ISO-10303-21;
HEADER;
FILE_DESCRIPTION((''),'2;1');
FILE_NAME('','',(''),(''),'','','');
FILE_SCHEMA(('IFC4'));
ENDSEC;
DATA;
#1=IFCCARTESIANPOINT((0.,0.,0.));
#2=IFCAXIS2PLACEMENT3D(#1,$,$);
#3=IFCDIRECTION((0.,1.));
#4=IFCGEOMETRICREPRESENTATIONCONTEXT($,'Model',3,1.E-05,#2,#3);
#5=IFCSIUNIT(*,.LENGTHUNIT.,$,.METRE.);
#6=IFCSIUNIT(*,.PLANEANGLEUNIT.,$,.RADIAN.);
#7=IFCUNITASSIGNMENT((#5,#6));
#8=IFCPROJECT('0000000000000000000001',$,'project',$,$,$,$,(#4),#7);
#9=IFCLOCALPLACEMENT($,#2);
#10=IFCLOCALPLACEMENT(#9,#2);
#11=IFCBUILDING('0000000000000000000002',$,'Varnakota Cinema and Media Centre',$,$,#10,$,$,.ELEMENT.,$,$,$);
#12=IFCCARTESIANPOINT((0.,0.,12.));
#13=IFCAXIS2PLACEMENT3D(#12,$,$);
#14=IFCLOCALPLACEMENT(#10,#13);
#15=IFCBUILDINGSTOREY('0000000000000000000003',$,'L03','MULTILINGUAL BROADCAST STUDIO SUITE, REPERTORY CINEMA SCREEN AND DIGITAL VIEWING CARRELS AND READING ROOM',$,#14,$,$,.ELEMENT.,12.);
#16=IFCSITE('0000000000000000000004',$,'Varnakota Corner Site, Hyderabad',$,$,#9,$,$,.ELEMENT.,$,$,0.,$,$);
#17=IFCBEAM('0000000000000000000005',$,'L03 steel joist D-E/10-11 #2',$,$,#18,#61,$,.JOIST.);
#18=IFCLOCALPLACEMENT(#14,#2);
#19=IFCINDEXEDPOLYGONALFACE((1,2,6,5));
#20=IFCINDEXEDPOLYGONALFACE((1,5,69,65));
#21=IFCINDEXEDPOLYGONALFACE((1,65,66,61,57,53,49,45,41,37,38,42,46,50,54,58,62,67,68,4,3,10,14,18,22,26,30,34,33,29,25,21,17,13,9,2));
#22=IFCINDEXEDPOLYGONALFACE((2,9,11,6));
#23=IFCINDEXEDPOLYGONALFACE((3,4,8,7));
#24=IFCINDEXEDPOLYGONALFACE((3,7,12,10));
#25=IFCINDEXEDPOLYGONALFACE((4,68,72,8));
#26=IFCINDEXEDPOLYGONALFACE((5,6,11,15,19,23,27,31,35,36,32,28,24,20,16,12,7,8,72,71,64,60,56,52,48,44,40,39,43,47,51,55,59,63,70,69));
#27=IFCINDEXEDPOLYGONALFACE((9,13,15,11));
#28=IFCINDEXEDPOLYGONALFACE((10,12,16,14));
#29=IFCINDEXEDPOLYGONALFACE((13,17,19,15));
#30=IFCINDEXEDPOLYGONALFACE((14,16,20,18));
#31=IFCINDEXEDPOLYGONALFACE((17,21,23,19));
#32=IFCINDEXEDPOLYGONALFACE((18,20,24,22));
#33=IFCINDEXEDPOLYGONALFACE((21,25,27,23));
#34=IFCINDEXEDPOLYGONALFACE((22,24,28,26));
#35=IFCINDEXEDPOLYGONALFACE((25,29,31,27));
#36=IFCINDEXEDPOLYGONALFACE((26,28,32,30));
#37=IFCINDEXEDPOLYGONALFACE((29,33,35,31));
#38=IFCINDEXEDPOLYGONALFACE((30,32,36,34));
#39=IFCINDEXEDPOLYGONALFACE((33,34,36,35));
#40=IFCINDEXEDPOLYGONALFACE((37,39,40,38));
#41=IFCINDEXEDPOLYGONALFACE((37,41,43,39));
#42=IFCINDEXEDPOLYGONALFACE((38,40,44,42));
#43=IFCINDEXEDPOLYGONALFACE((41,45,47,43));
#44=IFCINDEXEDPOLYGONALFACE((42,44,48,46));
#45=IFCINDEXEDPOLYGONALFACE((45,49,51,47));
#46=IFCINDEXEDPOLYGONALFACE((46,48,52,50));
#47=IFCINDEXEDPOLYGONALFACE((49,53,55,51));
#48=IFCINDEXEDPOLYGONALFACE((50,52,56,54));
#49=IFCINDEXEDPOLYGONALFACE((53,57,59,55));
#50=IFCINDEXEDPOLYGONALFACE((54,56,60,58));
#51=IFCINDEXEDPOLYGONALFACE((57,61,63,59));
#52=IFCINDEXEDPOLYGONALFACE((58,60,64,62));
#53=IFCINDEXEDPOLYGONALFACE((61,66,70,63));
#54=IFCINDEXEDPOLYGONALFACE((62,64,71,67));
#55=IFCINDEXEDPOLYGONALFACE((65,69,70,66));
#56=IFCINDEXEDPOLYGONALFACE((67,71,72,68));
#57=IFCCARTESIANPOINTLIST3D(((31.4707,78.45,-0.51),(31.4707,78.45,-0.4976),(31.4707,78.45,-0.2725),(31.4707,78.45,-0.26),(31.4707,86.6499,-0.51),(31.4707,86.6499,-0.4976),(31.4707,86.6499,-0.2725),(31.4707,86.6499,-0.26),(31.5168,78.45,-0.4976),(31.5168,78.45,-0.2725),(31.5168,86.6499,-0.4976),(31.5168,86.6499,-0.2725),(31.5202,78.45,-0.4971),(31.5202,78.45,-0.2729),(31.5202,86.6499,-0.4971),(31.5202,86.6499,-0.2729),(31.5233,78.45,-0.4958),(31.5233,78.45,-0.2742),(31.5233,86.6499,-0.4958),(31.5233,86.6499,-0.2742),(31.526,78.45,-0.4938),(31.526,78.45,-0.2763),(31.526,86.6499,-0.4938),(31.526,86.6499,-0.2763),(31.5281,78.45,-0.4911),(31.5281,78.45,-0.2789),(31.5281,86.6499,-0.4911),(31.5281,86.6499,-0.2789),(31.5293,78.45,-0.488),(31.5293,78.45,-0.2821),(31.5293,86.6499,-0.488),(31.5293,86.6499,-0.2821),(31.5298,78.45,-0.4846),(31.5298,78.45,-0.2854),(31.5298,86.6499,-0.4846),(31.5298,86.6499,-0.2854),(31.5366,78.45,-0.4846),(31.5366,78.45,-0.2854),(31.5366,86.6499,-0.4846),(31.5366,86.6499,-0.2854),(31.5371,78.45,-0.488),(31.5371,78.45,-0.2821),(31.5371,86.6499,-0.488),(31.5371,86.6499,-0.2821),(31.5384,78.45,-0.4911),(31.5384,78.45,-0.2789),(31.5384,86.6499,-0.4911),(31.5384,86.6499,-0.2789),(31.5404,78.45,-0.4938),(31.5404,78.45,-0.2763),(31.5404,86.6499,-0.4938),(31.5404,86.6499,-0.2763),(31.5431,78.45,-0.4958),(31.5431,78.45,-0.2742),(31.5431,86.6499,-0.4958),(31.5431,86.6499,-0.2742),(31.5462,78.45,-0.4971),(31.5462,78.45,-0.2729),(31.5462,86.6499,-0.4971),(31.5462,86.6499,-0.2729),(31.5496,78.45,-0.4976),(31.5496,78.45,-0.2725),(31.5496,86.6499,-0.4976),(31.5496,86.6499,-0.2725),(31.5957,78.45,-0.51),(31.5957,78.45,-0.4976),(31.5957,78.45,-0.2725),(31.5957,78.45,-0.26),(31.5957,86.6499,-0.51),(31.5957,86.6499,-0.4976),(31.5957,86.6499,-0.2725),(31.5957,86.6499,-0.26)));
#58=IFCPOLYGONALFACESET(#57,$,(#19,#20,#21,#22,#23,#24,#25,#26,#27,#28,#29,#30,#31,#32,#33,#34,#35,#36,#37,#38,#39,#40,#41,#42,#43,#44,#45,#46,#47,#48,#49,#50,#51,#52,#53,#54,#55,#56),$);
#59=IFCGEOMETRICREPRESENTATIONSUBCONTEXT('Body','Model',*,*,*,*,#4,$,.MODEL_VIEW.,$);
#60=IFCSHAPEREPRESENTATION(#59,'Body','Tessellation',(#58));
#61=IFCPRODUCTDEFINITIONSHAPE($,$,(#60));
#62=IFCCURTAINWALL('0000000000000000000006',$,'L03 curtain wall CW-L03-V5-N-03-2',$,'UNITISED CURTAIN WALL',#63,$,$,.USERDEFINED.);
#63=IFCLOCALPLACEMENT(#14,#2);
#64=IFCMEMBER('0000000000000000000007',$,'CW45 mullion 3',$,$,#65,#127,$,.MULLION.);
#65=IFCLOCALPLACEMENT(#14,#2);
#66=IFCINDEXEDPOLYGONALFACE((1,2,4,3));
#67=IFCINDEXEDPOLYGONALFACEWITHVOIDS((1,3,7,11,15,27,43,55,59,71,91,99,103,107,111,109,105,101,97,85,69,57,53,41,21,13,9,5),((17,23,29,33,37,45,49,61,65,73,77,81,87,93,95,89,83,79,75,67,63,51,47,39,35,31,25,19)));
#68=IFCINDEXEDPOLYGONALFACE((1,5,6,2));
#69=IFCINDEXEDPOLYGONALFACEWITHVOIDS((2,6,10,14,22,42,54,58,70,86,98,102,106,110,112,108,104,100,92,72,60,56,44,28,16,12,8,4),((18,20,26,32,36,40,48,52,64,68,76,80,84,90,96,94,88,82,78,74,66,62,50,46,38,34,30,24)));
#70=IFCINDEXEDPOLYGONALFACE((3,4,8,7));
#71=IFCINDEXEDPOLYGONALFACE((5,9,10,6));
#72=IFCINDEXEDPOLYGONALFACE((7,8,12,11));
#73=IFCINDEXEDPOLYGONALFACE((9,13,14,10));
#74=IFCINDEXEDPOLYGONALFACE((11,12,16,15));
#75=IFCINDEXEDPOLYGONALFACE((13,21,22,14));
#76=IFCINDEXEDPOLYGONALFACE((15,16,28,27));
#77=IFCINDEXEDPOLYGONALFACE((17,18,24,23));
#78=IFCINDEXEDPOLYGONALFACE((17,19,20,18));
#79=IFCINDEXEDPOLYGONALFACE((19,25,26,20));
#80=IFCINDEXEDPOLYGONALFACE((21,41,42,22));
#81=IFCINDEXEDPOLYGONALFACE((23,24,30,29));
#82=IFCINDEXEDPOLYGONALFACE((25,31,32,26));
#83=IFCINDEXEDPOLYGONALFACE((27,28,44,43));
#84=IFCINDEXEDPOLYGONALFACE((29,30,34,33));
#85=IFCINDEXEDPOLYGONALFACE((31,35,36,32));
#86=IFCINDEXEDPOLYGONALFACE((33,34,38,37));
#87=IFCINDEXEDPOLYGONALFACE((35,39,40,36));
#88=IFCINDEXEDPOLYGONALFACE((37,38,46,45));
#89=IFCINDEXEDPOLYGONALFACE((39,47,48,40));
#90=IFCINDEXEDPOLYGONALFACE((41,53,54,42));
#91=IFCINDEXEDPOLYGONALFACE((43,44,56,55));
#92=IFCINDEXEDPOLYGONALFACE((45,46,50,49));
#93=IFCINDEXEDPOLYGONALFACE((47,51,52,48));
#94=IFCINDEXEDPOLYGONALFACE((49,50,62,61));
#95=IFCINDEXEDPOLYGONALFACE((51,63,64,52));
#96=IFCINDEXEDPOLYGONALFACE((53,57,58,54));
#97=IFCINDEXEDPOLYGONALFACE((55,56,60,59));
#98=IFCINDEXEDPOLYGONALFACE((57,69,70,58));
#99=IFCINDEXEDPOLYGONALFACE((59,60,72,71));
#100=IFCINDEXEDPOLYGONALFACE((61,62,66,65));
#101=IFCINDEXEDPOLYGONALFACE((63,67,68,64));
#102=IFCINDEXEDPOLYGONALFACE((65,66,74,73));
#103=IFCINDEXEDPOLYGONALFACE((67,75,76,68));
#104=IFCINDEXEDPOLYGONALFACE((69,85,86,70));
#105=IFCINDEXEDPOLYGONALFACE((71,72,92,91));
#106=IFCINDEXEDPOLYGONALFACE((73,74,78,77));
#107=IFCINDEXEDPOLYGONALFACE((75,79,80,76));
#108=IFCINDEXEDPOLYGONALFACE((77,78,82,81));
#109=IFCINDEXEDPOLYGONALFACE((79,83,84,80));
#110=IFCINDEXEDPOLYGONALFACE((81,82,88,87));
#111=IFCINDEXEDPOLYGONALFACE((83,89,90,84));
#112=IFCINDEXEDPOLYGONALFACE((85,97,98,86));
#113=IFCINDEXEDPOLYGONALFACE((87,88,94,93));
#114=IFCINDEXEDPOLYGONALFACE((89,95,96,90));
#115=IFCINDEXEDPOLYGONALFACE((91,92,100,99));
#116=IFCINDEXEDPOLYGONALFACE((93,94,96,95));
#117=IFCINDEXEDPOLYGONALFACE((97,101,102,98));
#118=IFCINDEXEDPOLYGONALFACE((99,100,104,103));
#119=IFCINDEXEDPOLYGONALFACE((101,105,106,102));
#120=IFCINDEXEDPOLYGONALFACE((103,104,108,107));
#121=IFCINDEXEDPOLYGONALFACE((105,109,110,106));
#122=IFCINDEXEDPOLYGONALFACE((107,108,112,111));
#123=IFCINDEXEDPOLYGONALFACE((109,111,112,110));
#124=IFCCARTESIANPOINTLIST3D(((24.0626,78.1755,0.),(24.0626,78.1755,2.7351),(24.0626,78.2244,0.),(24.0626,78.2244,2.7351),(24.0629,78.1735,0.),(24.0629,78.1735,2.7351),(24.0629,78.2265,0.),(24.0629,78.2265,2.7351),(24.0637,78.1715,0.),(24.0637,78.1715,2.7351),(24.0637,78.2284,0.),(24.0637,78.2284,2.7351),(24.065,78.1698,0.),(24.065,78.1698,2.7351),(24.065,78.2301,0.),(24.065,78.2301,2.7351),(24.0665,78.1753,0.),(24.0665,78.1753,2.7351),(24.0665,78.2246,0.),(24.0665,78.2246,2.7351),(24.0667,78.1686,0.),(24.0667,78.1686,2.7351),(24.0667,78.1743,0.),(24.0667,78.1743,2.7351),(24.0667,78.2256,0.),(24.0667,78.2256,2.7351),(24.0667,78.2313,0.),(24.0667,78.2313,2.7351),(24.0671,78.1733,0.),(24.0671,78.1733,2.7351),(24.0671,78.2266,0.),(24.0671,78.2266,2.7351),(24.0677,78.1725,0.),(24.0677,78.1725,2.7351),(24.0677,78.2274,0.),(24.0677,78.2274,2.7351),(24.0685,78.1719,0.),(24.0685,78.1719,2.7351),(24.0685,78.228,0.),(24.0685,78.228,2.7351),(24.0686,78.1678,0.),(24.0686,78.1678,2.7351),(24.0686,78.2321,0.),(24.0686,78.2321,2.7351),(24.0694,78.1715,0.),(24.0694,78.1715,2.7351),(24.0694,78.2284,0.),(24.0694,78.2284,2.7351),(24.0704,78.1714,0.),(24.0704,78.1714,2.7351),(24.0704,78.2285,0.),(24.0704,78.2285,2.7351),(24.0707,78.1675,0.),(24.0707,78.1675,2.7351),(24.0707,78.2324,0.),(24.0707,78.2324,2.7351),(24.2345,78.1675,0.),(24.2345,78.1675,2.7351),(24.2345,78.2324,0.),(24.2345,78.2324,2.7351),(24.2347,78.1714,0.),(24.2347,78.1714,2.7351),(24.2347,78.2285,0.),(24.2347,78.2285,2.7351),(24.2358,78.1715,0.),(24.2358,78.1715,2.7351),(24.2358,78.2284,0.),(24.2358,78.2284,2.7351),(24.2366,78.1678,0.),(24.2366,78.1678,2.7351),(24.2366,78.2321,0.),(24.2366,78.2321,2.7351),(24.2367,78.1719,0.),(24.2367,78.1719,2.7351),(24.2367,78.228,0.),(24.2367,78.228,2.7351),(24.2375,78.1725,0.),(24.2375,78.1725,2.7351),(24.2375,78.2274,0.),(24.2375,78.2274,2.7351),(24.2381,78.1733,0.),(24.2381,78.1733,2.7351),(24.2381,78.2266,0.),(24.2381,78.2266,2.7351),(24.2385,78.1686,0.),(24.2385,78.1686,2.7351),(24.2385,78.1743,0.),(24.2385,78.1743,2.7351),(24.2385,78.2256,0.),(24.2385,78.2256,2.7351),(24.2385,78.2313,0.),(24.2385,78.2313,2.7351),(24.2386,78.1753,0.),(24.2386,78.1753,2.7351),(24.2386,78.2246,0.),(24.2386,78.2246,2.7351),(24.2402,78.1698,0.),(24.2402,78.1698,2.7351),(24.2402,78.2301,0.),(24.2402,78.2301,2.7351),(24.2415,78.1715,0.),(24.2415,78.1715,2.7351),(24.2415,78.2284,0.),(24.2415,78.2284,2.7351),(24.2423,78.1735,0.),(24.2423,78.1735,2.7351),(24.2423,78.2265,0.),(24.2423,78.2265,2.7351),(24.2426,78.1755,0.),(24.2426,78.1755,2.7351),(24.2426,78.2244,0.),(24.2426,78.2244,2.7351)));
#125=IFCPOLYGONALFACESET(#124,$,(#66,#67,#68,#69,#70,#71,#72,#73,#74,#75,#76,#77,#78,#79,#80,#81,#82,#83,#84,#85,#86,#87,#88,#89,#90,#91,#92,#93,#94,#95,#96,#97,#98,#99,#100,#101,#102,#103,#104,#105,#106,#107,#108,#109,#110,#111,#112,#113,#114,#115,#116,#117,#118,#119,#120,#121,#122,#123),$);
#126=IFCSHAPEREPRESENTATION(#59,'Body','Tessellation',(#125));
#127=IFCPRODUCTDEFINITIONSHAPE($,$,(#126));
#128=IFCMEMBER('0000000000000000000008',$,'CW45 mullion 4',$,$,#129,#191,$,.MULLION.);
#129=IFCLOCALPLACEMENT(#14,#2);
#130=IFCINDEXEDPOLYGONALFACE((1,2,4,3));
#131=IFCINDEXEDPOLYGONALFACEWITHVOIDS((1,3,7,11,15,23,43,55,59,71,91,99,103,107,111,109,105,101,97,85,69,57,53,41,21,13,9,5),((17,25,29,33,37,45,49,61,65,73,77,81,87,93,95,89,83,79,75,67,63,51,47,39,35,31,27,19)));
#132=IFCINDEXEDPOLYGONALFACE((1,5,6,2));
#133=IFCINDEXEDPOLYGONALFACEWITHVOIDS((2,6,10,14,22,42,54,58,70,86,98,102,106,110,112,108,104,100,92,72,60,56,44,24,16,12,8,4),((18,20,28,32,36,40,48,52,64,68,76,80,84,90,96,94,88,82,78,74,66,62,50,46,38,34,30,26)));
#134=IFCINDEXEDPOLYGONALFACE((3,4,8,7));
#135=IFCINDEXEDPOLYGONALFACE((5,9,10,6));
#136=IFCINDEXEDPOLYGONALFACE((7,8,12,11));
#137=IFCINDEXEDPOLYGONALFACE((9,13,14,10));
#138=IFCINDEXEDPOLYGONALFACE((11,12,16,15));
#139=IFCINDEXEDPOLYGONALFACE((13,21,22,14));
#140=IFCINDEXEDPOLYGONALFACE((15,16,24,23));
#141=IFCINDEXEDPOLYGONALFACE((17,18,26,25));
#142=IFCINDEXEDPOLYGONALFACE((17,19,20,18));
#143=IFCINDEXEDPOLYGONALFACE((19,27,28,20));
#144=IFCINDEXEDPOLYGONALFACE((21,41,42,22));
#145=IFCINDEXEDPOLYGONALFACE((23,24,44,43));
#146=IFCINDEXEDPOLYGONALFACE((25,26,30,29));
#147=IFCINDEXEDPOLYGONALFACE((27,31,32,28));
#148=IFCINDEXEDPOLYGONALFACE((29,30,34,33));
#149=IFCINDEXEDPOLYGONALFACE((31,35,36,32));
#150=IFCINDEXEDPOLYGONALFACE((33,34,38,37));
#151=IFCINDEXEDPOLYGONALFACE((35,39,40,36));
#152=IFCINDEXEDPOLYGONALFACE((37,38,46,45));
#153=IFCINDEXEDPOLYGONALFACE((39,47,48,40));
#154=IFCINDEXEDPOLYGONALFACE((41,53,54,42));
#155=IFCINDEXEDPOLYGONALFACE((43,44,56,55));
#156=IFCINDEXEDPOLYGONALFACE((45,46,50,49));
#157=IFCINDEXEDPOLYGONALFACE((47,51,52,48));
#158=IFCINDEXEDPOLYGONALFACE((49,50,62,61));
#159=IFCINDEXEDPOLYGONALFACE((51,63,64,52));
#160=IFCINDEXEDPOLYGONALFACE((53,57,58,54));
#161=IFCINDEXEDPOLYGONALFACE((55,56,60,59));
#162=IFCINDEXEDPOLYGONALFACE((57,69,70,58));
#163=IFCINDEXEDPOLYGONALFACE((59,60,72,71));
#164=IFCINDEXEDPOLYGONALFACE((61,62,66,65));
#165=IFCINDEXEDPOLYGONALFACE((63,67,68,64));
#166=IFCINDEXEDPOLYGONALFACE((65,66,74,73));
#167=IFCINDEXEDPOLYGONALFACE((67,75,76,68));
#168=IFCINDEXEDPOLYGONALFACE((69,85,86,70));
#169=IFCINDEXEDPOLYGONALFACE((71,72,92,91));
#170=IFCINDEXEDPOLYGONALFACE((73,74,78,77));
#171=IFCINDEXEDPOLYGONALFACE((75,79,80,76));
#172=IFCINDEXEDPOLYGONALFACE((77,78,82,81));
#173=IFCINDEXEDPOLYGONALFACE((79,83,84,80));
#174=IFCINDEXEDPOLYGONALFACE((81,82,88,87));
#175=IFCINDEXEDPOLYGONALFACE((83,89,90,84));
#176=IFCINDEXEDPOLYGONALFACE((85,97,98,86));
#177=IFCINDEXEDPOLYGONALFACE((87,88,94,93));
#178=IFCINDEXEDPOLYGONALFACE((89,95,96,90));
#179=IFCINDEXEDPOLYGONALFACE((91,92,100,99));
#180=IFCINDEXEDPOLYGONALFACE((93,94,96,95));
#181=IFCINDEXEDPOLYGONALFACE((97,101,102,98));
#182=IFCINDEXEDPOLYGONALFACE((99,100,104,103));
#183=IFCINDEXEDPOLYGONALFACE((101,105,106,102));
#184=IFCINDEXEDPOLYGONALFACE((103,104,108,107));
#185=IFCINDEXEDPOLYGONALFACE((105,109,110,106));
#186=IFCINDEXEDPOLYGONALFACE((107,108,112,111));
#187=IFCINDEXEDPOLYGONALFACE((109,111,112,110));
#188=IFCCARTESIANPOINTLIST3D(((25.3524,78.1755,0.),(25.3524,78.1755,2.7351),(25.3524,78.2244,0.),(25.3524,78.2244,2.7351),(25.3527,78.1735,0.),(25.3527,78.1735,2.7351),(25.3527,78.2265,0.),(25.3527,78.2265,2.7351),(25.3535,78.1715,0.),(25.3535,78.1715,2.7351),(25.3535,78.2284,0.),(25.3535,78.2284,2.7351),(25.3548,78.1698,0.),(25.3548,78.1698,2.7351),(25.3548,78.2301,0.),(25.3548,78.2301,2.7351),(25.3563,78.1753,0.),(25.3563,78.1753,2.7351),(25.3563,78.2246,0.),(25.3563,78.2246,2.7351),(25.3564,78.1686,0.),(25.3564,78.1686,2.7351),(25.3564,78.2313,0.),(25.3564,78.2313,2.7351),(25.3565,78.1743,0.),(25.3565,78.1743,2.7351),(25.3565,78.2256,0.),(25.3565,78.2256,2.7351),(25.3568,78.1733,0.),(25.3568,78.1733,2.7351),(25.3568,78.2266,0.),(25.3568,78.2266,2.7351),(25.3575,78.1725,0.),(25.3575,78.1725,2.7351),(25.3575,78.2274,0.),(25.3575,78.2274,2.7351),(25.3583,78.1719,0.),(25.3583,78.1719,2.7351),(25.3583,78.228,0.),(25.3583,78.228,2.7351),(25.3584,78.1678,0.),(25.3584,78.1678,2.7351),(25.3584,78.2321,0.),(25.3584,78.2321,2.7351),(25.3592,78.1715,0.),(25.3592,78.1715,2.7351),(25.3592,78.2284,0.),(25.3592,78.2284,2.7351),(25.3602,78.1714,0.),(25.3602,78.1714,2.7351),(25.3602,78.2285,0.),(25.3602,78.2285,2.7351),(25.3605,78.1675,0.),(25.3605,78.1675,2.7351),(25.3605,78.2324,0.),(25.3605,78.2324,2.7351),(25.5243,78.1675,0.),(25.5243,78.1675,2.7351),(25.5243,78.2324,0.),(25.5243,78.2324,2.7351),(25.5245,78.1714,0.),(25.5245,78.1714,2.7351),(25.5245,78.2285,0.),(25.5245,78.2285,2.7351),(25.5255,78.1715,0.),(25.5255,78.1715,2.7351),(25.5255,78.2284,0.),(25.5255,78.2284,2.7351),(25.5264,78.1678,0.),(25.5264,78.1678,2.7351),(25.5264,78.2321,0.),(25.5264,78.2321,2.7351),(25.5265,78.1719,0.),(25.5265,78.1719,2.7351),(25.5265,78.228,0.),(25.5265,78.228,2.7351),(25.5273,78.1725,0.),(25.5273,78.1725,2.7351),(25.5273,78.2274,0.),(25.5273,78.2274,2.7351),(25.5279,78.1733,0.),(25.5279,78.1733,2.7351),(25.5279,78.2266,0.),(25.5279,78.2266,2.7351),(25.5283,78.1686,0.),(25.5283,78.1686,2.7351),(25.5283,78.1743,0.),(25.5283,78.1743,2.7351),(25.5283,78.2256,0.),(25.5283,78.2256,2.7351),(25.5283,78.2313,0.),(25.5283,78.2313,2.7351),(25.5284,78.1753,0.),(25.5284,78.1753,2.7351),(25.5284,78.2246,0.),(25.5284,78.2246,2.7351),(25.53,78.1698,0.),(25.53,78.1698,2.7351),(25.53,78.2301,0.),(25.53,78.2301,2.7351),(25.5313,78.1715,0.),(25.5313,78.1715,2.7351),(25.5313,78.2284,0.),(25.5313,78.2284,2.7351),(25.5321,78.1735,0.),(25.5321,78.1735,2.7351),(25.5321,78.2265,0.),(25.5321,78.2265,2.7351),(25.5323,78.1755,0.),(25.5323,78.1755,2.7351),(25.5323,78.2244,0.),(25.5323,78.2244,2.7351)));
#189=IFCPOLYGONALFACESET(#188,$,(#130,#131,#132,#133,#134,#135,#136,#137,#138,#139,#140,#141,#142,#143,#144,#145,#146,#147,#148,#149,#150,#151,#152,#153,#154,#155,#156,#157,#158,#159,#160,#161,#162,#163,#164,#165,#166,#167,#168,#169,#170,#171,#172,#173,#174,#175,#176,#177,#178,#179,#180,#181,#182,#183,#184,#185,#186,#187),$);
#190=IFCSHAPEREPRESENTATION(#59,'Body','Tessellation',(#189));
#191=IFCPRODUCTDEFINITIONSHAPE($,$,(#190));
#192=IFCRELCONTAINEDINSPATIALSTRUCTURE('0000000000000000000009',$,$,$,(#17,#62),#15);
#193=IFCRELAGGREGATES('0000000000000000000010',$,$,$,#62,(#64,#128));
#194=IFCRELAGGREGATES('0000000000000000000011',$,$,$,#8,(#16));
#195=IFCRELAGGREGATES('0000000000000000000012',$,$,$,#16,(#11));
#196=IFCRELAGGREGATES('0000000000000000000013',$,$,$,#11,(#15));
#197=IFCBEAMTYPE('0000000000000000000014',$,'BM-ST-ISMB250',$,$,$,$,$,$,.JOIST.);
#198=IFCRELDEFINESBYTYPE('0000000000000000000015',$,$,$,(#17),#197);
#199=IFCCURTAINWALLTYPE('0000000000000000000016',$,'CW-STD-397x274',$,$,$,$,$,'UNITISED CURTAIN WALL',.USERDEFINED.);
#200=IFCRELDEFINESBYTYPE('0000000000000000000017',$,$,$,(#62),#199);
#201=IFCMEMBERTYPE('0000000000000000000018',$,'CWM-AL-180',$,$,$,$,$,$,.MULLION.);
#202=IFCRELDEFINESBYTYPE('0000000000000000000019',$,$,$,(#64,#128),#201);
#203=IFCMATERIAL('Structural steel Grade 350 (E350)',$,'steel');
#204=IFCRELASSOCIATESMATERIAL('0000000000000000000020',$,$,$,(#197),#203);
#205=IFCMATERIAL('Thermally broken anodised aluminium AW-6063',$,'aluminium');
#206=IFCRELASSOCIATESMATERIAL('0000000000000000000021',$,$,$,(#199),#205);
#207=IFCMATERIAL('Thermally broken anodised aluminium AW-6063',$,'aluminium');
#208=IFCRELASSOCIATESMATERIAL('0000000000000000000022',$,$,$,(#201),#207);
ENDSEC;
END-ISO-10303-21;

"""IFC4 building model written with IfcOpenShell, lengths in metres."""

from ifc_helpers import new_model, si_unit, direction, frame, origin, origin_2d, place, context, subcontext, project, spatial, hollow_rectangle, i_section, extrude, material, material_profile, profile_set, type_object, element, aggregate, save


model = new_model("IFC4")

# Units and contexts
model_context = context("Model", 3, precision=1e-05, world=origin(), true_north=direction((0.0, 1.0)))
body_context = subcontext(model_context, "Body", "Model", "MODEL_VIEW")
ifc_project = project(units=[si_unit("LENGTHUNIT", "METRE"), si_unit("PLANEANGLEUNIT", "RADIAN")], contexts=[model_context])

# Site, building, storey
site_placement = place(None, origin())
site = spatial("IfcSite", under=ifc_project, at=site_placement, Name="Varnakota Corner Site, Hyderabad", CompositionType="ELEMENT", RefElevation=0.0)
building_placement = place(site_placement, origin())
building = spatial("IfcBuilding", under=site, at=building_placement, Name="Varnakota Cinema and Media Centre", CompositionType="ELEMENT")
storey_placement = place(building_placement, frame((0.0, 0.0, 12.0)))
storey = spatial("IfcBuildingStorey", under=building, at=storey_placement, Name="L03", Description="MULTILINGUAL BROADCAST STUDIO SUITE, REPERTORY CINEMA SCREEN AND DIGITAL VIEWING CARRELS AND READING ROOM", CompositionType="ELEMENT", Elevation=12.0)

# Beam
ifc_material_1 = material(Name="Structural steel Grade 350 (E350)", Category="steel")
ifc_material_profile_1 = material_profile(ifc_material_1, i_section(OverallWidth=0.125, OverallDepth=0.25, WebThickness=0.0068, FlangeThickness=0.0125, FilletRadius=0.0129, at=origin_2d()), Name="ISMB 250")
ifc_profile_set_1 = profile_set([ifc_material_profile_1], Name="Structural steel Grade 350 (E350)")
beam_type_1 = type_object("IfcBeamType", Name="BM-ST-ISMB250", PredefinedType="JOIST", material=ifc_profile_set_1)
for number, where, z_axis, x_axis, name in (
    (1, (31.5332, 78.45, -0.385), (0.0, 1.0, 0.0), (-1.0, 0.0, 0.0), "L03 steel joist D-E/10-11 #2"),
):
    element("IfcBeam", number, at=place(storey_placement, frame(where, z_axis=z_axis, x_axis=x_axis)), inside=storey, type_object=beam_type_1, Name=name, PredefinedType="JOIST", context=body_context, shape_type="SweptSolid", body=[
        extrude(i_section(OverallWidth=0.125, OverallDepth=0.25, WebThickness=0.0068, FlangeThickness=0.0125, FilletRadius=0.0129, at=origin_2d()), origin(), (0.0, 0.0, 1.0), 8.2),
    ])

# Curtain wall, members
ifc_material_2 = material(Name="Thermally broken anodised aluminium AW-6063", Category="aluminium")
curtain_wall_type = type_object("IfcCurtainWallType", Name="CW-STD-397x274", ElementType="UNITISED CURTAIN WALL", PredefinedType="USERDEFINED", material=ifc_material_2)
curtain_wall_placement = place(storey_placement, origin())
curtain_wall = element("IfcCurtainWall", 2, at=curtain_wall_placement, inside=storey, type_object=curtain_wall_type, Name="L03 curtain wall CW-L03-V5-N-03-2", ObjectType="UNITISED CURTAIN WALL", PredefinedType="USERDEFINED")
ifc_material_3 = material(Name="Thermally broken anodised aluminium AW-6063", Category="aluminium")
ifc_material_profile_2 = material_profile(ifc_material_3, hollow_rectangle(XDim=0.0649, YDim=0.1799, WallThickness=0.0039, InnerFilletRadius=0.0039, OuterFilletRadius=0.0081, at=origin_2d()), Name="AL-MULLION 180x65x4")
ifc_profile_set_2 = profile_set([ifc_material_profile_2], Name="Thermally broken anodised aluminium AW-6063")
member_type_1 = type_object("IfcMemberType", Name="CWM-AL-180", PredefinedType="MULLION", material=ifc_profile_set_2)
member_1_placement = place(storey_placement, frame((24.1526, 78.2, 0.0), z_axis=(0.0, 0.0, 1.0), x_axis=(0.0, 1.0, 0.0)))
member_1 = element("IfcMember", 3, at=member_1_placement, type_object=member_type_1, Name="CW45 mullion 3", PredefinedType="MULLION", context=body_context, shape_type="SweptSolid", body=[
    extrude(hollow_rectangle(XDim=0.0649, YDim=0.1799, WallThickness=0.0039, InnerFilletRadius=0.0039, OuterFilletRadius=0.0081, at=origin_2d()), origin(), (0.0, 0.0, 1.0), 2.7351),
])
member_2_placement = place(storey_placement, frame((25.4424, 78.2, 0.0), z_axis=(0.0, 0.0, 1.0), x_axis=(0.0, 1.0, 0.0)))
member_2 = element("IfcMember", 4, at=member_2_placement, type_object=member_type_1, Name="CW45 mullion 4", PredefinedType="MULLION", context=body_context, shape_type="SweptSolid", body=[
    extrude(hollow_rectangle(XDim=0.0649, YDim=0.1799, WallThickness=0.0039, InnerFilletRadius=0.0039, OuterFilletRadius=0.0081, at=origin_2d()), origin(), (0.0, 0.0, 1.0), 2.7351),
])
aggregate(curtain_wall, [member_1, member_2])

save(model, "model.ifc")
